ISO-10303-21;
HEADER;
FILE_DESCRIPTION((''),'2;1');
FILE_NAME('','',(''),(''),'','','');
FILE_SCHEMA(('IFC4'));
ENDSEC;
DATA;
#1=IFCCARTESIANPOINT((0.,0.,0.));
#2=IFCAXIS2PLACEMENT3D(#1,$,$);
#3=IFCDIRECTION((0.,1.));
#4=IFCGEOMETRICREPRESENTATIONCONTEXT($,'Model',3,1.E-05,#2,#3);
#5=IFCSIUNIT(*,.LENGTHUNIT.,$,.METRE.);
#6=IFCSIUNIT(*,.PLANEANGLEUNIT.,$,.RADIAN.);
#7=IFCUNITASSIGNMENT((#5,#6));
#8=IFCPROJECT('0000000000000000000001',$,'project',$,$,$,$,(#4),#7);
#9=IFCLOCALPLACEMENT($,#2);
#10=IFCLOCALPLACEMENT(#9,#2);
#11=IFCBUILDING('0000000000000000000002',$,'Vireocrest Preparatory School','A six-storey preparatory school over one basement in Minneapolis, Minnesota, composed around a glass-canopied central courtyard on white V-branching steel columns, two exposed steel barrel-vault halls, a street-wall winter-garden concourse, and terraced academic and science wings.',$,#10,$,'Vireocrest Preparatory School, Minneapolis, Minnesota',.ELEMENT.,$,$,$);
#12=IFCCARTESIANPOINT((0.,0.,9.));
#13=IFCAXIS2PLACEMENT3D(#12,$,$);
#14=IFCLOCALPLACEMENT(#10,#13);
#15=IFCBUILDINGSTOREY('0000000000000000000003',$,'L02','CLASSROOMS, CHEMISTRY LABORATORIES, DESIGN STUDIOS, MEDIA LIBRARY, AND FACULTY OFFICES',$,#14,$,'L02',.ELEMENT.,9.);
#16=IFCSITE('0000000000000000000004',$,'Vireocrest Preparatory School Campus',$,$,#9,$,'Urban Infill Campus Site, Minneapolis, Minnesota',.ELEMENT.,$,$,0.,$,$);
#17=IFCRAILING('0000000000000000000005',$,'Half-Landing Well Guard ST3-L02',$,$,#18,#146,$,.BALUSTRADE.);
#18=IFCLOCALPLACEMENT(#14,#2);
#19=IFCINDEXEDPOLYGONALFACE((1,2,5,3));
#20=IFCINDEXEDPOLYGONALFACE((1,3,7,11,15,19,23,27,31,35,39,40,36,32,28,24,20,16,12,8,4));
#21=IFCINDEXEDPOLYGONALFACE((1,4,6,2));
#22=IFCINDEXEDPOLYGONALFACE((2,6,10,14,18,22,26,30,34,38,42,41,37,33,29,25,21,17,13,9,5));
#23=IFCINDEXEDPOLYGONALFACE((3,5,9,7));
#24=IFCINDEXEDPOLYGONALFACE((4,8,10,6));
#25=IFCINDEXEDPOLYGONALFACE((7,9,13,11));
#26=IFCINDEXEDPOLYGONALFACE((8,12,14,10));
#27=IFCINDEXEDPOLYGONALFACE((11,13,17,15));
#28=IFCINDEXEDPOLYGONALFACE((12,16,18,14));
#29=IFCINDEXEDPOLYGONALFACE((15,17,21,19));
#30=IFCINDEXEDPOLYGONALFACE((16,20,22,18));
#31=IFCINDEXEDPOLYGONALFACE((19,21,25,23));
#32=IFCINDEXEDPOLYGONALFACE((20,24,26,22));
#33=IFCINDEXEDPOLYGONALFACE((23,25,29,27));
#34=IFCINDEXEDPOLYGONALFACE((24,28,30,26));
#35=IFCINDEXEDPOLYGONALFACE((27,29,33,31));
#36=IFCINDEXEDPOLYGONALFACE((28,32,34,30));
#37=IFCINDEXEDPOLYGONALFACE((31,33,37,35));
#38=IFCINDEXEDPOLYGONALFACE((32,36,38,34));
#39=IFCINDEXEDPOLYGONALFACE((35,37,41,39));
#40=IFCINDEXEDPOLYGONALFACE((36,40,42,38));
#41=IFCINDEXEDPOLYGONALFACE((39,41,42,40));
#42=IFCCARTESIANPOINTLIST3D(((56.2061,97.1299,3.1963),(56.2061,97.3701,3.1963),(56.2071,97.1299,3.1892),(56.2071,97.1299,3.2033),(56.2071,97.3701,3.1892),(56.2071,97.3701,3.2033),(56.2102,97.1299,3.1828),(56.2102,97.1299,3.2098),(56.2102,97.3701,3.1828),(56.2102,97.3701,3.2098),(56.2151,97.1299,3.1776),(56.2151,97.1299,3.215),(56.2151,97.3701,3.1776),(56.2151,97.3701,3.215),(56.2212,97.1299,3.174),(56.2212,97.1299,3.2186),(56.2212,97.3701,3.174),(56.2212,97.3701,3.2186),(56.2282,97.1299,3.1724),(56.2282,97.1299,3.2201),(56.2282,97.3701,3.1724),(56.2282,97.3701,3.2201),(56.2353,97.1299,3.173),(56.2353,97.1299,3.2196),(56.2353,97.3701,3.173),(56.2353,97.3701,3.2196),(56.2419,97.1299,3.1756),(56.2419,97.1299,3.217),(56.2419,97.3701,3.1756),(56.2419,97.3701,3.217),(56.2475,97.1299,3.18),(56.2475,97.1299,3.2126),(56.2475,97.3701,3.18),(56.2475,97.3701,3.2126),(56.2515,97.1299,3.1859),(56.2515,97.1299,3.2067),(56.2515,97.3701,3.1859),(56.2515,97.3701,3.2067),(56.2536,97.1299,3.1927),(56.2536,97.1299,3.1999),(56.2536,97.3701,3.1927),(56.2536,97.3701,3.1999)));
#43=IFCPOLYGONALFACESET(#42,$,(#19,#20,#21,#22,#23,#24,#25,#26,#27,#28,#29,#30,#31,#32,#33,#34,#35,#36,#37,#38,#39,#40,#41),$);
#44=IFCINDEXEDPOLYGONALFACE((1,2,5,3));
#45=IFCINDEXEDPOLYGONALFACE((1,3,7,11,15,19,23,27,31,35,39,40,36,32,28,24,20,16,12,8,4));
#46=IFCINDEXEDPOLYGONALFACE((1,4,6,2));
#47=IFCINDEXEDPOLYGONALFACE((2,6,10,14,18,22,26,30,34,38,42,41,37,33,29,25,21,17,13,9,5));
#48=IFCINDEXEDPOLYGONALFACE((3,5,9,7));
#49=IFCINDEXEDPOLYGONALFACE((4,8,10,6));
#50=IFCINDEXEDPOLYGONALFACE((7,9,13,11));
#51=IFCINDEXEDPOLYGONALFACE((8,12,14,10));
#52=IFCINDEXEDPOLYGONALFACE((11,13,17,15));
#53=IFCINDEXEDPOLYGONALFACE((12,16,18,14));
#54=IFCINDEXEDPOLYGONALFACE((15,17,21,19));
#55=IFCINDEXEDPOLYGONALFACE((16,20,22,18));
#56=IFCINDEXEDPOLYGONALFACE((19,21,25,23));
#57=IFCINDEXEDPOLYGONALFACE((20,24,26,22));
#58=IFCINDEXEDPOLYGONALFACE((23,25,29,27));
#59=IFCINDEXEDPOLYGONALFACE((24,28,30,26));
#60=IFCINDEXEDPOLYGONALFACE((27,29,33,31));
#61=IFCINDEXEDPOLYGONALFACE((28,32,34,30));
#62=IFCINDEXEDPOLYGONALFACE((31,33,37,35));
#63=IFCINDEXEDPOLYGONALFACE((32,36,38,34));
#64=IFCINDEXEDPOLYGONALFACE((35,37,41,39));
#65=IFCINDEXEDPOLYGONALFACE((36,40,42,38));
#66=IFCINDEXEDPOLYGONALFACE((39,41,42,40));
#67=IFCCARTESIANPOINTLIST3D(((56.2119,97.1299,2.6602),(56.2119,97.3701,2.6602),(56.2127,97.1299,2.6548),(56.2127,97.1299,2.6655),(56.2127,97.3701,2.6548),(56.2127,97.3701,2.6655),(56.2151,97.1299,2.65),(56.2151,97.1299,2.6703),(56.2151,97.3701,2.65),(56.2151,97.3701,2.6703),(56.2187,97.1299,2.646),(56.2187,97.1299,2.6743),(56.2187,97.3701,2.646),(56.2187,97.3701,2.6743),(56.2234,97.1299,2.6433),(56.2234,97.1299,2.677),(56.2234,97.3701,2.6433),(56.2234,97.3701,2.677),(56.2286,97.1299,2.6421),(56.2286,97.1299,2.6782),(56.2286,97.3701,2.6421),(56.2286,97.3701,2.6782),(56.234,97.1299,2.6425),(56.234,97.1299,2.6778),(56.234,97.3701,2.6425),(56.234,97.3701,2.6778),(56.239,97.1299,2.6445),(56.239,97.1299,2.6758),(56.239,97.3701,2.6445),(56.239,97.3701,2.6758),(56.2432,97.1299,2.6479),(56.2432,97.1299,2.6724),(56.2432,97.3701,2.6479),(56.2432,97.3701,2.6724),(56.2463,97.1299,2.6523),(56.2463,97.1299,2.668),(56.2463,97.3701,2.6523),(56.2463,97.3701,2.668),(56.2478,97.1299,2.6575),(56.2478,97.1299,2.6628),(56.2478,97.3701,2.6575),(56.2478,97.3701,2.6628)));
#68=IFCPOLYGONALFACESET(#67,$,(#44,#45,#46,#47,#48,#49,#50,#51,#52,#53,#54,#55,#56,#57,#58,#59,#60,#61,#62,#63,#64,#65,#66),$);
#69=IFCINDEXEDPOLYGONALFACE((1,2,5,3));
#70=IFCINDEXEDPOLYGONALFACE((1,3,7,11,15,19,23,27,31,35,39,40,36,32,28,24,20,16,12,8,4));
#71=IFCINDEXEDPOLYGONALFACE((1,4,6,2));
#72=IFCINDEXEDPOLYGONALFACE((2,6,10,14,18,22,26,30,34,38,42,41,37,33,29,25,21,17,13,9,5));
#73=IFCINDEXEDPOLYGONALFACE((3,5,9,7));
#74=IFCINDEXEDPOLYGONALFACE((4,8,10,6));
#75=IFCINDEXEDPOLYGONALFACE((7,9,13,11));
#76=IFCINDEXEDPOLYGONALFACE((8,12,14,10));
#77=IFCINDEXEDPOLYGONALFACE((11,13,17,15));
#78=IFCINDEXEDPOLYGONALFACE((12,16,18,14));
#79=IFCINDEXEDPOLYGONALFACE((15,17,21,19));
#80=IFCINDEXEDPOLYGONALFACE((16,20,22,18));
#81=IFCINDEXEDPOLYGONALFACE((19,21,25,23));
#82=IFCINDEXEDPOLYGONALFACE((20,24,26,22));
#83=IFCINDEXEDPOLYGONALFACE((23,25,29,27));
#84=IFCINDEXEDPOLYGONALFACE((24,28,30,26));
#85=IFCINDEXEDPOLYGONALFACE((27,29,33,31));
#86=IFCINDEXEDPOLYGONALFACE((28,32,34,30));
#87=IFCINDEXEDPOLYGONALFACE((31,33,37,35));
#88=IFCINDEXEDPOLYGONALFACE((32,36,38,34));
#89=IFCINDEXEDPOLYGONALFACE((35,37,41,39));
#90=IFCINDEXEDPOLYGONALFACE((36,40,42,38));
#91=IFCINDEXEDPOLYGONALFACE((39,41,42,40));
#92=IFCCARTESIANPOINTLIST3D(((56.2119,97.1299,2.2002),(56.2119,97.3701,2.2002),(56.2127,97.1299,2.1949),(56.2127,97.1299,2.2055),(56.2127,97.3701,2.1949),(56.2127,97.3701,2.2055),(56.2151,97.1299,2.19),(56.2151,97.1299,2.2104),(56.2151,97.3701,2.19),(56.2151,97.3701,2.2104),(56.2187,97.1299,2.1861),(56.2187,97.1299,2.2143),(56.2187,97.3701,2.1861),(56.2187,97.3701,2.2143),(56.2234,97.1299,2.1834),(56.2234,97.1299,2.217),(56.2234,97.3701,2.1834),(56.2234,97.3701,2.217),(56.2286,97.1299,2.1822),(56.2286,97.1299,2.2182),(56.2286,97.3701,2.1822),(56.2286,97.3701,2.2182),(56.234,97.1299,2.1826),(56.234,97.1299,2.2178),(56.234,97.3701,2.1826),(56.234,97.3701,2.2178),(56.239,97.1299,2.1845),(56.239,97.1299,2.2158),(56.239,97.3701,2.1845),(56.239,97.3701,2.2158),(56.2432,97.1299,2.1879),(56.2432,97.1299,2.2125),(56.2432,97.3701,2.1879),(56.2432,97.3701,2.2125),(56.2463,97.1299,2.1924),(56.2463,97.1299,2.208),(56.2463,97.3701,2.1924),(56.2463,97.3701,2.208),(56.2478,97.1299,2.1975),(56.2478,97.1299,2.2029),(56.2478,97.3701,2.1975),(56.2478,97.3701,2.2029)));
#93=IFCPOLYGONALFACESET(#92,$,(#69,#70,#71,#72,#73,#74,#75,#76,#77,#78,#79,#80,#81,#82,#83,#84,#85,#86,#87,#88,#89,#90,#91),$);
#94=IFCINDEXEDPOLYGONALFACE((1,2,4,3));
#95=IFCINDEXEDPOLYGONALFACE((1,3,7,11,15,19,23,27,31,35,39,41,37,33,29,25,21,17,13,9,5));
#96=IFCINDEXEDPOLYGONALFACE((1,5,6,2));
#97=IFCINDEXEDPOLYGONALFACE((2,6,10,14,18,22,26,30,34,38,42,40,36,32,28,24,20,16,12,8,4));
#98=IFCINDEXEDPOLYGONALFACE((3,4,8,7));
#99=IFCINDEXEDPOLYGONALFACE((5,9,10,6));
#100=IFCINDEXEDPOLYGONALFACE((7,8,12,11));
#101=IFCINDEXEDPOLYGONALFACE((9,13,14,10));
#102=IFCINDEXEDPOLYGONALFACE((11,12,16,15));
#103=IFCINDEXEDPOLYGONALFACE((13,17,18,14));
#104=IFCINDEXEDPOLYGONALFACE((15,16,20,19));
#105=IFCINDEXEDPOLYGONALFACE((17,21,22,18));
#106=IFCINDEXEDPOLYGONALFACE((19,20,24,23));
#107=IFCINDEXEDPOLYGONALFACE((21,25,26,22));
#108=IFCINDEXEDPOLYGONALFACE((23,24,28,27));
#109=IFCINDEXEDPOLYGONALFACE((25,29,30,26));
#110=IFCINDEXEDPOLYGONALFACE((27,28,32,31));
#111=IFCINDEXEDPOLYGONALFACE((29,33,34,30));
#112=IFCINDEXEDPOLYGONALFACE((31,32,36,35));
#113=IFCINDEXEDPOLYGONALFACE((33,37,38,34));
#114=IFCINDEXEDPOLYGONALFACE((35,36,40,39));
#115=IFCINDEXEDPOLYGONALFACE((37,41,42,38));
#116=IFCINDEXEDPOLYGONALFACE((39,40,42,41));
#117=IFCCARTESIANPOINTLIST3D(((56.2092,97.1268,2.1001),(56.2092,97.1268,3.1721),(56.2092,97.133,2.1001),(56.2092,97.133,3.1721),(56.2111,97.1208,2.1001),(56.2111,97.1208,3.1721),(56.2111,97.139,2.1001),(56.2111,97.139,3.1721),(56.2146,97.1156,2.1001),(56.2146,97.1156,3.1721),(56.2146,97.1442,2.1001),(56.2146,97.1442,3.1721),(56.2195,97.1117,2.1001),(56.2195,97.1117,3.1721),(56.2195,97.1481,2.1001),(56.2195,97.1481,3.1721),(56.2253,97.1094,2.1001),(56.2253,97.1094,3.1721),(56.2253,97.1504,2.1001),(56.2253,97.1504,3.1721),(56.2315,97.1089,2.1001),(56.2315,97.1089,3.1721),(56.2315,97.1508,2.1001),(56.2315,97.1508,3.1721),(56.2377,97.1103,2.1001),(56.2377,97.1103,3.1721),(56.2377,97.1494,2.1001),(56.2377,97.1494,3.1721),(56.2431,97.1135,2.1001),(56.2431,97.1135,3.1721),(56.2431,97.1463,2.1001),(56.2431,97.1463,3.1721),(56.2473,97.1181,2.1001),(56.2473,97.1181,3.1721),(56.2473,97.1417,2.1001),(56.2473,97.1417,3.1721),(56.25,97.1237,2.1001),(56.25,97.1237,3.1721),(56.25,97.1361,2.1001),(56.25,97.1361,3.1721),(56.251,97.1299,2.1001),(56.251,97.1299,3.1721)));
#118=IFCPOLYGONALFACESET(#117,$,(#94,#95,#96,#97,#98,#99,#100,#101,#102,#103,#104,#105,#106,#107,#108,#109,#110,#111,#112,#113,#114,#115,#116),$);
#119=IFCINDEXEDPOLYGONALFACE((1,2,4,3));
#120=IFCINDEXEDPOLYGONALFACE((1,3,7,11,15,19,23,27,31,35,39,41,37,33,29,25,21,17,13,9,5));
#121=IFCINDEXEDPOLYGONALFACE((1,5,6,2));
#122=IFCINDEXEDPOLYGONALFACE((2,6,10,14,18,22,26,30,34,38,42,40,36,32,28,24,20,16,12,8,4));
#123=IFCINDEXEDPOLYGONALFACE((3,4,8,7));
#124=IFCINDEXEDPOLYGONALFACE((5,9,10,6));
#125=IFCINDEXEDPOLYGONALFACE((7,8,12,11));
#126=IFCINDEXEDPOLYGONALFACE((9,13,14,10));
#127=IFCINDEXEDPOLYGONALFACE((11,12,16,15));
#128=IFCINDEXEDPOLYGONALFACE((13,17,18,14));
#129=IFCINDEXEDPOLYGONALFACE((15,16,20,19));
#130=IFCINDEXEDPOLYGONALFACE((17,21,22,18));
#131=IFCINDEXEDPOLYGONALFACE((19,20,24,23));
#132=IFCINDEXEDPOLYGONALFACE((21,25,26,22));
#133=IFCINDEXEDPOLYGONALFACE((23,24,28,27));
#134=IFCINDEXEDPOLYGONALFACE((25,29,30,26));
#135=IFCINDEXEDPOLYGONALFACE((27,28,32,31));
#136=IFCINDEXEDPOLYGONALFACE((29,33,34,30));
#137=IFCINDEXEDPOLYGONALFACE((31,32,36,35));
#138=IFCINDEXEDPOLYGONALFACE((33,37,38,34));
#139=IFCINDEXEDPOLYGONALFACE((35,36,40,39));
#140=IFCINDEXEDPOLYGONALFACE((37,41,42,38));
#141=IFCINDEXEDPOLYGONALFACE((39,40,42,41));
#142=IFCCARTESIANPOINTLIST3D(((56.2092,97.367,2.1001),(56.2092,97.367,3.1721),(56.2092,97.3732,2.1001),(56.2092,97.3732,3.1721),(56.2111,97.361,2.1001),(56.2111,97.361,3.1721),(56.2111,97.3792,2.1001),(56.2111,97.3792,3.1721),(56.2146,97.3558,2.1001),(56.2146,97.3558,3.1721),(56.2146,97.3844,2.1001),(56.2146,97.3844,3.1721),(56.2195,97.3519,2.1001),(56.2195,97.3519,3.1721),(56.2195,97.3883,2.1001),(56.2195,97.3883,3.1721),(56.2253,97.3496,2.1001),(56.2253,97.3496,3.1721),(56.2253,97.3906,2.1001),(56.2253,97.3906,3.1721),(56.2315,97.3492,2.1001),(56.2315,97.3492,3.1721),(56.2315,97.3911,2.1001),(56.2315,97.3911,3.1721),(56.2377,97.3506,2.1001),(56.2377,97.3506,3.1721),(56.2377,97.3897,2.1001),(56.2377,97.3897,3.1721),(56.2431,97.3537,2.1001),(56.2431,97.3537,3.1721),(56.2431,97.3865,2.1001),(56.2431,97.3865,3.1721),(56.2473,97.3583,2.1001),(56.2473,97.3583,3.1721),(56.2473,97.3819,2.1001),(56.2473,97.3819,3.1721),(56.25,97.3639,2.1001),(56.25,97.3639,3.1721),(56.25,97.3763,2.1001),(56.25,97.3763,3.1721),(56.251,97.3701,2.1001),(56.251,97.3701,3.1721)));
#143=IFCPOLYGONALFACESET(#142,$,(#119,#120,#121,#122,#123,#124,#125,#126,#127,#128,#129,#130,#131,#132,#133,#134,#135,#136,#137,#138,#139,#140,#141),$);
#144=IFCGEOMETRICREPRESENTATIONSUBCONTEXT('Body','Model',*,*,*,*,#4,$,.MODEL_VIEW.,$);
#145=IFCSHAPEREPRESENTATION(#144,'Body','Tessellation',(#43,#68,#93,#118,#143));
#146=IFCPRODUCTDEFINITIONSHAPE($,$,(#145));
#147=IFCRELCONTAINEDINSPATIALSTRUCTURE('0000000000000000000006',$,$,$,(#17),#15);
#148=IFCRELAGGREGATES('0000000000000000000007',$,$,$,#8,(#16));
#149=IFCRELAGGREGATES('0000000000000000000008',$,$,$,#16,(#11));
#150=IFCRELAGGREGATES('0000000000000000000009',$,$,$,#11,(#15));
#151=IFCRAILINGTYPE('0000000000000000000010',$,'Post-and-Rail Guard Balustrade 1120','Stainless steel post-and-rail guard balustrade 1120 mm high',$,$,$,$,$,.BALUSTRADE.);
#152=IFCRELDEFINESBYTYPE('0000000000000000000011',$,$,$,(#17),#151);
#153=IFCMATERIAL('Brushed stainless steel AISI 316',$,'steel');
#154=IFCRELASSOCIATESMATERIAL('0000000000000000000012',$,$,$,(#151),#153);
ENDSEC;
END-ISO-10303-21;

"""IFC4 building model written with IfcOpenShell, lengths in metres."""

from ifc_helpers import new_model, si_unit, direction, frame, origin, origin_2d, place, context, subcontext, project, spatial, circle, extrude, material, type_object, element, save


model = new_model("IFC4")

# Units and contexts
model_context = context("Model", 3, precision=1e-05, world=origin(), true_north=direction((0.0, 1.0)))
body_context = subcontext(model_context, "Body", "Model", "MODEL_VIEW")
ifc_project = project(units=[si_unit("LENGTHUNIT", "METRE"), si_unit("PLANEANGLEUNIT", "RADIAN")], contexts=[model_context])

# Site, building, storey
site_placement = place(None, origin())
site = spatial("IfcSite", under=ifc_project, at=site_placement, Name="Vireocrest Preparatory School Campus", LongName="Urban Infill Campus Site, Minneapolis, Minnesota", CompositionType="ELEMENT", RefElevation=0.0)
building_placement = place(site_placement, origin())
building = spatial("IfcBuilding", under=site, at=building_placement, Name="Vireocrest Preparatory School", Description="A six-storey preparatory school over one basement in Minneapolis, Minnesota, composed around a glass-canopied central courtyard on white V-branching steel columns, two exposed steel barrel-vault halls, a street-wall winter-garden concourse, and terraced academic and science wings.", LongName="Vireocrest Preparatory School, Minneapolis, Minnesota", CompositionType="ELEMENT")
storey_placement = place(building_placement, frame((0.0, 0.0, 9.0)))
storey = spatial("IfcBuildingStorey", under=building, at=storey_placement, Name="L02", Description="CLASSROOMS, CHEMISTRY LABORATORIES, DESIGN STUDIOS, MEDIA LIBRARY, AND FACULTY OFFICES", LongName="L02", CompositionType="ELEMENT", Elevation=9.0)

# Railing
ifc_material_1 = material(Name="Brushed stainless steel AISI 316", Category="steel")
railing_type_1 = type_object("IfcRailingType", Name="Post-and-Rail Guard Balustrade 1120", Description="Stainless steel post-and-rail guard balustrade 1120 mm high", PredefinedType="BALUSTRADE", material=ifc_material_1)
railing_1_placement = place(storey_placement, frame((56.23, 97.1299, 2.1001)))
element("IfcRailing", 1, at=railing_1_placement, inside=storey, type_object=railing_type_1, Name="Half-Landing Well Guard ST3-L02", PredefinedType="BALUSTRADE", context=body_context, shape_type="SweptSolid", body=[
    extrude(circle(Radius=0.0239, at=origin_2d()), frame((0.0, 0.0, 1.0962), z_axis=(0.0, 1.0, 0.0), x_axis=(-1.0, 0.0, 0.0)), (0.0, 0.0, 1.0), 0.2402),
    extrude(circle(Radius=0.0181, at=origin_2d()), frame((0.0, 0.0, 0.5601), z_axis=(0.0, 1.0, 0.0), x_axis=(-1.0, 0.0, 0.0)), (0.0, 0.0, 1.0), 0.2402),
    extrude(circle(Radius=0.0181, at=origin_2d()), frame((0.0, 0.0, 0.1001), z_axis=(0.0, 1.0, 0.0), x_axis=(-1.0, 0.0, 0.0)), (0.0, 0.0, 1.0), 0.2402),
    extrude(circle(Radius=0.021, at=origin_2d()), origin(), (0.0, 0.0, 1.0), 1.072),
    extrude(circle(Radius=0.021, at=origin_2d()), frame((0.0, 0.2402, 0.0)), (0.0, 0.0, 1.0), 1.072),
])

save(model, "model.ifc")
